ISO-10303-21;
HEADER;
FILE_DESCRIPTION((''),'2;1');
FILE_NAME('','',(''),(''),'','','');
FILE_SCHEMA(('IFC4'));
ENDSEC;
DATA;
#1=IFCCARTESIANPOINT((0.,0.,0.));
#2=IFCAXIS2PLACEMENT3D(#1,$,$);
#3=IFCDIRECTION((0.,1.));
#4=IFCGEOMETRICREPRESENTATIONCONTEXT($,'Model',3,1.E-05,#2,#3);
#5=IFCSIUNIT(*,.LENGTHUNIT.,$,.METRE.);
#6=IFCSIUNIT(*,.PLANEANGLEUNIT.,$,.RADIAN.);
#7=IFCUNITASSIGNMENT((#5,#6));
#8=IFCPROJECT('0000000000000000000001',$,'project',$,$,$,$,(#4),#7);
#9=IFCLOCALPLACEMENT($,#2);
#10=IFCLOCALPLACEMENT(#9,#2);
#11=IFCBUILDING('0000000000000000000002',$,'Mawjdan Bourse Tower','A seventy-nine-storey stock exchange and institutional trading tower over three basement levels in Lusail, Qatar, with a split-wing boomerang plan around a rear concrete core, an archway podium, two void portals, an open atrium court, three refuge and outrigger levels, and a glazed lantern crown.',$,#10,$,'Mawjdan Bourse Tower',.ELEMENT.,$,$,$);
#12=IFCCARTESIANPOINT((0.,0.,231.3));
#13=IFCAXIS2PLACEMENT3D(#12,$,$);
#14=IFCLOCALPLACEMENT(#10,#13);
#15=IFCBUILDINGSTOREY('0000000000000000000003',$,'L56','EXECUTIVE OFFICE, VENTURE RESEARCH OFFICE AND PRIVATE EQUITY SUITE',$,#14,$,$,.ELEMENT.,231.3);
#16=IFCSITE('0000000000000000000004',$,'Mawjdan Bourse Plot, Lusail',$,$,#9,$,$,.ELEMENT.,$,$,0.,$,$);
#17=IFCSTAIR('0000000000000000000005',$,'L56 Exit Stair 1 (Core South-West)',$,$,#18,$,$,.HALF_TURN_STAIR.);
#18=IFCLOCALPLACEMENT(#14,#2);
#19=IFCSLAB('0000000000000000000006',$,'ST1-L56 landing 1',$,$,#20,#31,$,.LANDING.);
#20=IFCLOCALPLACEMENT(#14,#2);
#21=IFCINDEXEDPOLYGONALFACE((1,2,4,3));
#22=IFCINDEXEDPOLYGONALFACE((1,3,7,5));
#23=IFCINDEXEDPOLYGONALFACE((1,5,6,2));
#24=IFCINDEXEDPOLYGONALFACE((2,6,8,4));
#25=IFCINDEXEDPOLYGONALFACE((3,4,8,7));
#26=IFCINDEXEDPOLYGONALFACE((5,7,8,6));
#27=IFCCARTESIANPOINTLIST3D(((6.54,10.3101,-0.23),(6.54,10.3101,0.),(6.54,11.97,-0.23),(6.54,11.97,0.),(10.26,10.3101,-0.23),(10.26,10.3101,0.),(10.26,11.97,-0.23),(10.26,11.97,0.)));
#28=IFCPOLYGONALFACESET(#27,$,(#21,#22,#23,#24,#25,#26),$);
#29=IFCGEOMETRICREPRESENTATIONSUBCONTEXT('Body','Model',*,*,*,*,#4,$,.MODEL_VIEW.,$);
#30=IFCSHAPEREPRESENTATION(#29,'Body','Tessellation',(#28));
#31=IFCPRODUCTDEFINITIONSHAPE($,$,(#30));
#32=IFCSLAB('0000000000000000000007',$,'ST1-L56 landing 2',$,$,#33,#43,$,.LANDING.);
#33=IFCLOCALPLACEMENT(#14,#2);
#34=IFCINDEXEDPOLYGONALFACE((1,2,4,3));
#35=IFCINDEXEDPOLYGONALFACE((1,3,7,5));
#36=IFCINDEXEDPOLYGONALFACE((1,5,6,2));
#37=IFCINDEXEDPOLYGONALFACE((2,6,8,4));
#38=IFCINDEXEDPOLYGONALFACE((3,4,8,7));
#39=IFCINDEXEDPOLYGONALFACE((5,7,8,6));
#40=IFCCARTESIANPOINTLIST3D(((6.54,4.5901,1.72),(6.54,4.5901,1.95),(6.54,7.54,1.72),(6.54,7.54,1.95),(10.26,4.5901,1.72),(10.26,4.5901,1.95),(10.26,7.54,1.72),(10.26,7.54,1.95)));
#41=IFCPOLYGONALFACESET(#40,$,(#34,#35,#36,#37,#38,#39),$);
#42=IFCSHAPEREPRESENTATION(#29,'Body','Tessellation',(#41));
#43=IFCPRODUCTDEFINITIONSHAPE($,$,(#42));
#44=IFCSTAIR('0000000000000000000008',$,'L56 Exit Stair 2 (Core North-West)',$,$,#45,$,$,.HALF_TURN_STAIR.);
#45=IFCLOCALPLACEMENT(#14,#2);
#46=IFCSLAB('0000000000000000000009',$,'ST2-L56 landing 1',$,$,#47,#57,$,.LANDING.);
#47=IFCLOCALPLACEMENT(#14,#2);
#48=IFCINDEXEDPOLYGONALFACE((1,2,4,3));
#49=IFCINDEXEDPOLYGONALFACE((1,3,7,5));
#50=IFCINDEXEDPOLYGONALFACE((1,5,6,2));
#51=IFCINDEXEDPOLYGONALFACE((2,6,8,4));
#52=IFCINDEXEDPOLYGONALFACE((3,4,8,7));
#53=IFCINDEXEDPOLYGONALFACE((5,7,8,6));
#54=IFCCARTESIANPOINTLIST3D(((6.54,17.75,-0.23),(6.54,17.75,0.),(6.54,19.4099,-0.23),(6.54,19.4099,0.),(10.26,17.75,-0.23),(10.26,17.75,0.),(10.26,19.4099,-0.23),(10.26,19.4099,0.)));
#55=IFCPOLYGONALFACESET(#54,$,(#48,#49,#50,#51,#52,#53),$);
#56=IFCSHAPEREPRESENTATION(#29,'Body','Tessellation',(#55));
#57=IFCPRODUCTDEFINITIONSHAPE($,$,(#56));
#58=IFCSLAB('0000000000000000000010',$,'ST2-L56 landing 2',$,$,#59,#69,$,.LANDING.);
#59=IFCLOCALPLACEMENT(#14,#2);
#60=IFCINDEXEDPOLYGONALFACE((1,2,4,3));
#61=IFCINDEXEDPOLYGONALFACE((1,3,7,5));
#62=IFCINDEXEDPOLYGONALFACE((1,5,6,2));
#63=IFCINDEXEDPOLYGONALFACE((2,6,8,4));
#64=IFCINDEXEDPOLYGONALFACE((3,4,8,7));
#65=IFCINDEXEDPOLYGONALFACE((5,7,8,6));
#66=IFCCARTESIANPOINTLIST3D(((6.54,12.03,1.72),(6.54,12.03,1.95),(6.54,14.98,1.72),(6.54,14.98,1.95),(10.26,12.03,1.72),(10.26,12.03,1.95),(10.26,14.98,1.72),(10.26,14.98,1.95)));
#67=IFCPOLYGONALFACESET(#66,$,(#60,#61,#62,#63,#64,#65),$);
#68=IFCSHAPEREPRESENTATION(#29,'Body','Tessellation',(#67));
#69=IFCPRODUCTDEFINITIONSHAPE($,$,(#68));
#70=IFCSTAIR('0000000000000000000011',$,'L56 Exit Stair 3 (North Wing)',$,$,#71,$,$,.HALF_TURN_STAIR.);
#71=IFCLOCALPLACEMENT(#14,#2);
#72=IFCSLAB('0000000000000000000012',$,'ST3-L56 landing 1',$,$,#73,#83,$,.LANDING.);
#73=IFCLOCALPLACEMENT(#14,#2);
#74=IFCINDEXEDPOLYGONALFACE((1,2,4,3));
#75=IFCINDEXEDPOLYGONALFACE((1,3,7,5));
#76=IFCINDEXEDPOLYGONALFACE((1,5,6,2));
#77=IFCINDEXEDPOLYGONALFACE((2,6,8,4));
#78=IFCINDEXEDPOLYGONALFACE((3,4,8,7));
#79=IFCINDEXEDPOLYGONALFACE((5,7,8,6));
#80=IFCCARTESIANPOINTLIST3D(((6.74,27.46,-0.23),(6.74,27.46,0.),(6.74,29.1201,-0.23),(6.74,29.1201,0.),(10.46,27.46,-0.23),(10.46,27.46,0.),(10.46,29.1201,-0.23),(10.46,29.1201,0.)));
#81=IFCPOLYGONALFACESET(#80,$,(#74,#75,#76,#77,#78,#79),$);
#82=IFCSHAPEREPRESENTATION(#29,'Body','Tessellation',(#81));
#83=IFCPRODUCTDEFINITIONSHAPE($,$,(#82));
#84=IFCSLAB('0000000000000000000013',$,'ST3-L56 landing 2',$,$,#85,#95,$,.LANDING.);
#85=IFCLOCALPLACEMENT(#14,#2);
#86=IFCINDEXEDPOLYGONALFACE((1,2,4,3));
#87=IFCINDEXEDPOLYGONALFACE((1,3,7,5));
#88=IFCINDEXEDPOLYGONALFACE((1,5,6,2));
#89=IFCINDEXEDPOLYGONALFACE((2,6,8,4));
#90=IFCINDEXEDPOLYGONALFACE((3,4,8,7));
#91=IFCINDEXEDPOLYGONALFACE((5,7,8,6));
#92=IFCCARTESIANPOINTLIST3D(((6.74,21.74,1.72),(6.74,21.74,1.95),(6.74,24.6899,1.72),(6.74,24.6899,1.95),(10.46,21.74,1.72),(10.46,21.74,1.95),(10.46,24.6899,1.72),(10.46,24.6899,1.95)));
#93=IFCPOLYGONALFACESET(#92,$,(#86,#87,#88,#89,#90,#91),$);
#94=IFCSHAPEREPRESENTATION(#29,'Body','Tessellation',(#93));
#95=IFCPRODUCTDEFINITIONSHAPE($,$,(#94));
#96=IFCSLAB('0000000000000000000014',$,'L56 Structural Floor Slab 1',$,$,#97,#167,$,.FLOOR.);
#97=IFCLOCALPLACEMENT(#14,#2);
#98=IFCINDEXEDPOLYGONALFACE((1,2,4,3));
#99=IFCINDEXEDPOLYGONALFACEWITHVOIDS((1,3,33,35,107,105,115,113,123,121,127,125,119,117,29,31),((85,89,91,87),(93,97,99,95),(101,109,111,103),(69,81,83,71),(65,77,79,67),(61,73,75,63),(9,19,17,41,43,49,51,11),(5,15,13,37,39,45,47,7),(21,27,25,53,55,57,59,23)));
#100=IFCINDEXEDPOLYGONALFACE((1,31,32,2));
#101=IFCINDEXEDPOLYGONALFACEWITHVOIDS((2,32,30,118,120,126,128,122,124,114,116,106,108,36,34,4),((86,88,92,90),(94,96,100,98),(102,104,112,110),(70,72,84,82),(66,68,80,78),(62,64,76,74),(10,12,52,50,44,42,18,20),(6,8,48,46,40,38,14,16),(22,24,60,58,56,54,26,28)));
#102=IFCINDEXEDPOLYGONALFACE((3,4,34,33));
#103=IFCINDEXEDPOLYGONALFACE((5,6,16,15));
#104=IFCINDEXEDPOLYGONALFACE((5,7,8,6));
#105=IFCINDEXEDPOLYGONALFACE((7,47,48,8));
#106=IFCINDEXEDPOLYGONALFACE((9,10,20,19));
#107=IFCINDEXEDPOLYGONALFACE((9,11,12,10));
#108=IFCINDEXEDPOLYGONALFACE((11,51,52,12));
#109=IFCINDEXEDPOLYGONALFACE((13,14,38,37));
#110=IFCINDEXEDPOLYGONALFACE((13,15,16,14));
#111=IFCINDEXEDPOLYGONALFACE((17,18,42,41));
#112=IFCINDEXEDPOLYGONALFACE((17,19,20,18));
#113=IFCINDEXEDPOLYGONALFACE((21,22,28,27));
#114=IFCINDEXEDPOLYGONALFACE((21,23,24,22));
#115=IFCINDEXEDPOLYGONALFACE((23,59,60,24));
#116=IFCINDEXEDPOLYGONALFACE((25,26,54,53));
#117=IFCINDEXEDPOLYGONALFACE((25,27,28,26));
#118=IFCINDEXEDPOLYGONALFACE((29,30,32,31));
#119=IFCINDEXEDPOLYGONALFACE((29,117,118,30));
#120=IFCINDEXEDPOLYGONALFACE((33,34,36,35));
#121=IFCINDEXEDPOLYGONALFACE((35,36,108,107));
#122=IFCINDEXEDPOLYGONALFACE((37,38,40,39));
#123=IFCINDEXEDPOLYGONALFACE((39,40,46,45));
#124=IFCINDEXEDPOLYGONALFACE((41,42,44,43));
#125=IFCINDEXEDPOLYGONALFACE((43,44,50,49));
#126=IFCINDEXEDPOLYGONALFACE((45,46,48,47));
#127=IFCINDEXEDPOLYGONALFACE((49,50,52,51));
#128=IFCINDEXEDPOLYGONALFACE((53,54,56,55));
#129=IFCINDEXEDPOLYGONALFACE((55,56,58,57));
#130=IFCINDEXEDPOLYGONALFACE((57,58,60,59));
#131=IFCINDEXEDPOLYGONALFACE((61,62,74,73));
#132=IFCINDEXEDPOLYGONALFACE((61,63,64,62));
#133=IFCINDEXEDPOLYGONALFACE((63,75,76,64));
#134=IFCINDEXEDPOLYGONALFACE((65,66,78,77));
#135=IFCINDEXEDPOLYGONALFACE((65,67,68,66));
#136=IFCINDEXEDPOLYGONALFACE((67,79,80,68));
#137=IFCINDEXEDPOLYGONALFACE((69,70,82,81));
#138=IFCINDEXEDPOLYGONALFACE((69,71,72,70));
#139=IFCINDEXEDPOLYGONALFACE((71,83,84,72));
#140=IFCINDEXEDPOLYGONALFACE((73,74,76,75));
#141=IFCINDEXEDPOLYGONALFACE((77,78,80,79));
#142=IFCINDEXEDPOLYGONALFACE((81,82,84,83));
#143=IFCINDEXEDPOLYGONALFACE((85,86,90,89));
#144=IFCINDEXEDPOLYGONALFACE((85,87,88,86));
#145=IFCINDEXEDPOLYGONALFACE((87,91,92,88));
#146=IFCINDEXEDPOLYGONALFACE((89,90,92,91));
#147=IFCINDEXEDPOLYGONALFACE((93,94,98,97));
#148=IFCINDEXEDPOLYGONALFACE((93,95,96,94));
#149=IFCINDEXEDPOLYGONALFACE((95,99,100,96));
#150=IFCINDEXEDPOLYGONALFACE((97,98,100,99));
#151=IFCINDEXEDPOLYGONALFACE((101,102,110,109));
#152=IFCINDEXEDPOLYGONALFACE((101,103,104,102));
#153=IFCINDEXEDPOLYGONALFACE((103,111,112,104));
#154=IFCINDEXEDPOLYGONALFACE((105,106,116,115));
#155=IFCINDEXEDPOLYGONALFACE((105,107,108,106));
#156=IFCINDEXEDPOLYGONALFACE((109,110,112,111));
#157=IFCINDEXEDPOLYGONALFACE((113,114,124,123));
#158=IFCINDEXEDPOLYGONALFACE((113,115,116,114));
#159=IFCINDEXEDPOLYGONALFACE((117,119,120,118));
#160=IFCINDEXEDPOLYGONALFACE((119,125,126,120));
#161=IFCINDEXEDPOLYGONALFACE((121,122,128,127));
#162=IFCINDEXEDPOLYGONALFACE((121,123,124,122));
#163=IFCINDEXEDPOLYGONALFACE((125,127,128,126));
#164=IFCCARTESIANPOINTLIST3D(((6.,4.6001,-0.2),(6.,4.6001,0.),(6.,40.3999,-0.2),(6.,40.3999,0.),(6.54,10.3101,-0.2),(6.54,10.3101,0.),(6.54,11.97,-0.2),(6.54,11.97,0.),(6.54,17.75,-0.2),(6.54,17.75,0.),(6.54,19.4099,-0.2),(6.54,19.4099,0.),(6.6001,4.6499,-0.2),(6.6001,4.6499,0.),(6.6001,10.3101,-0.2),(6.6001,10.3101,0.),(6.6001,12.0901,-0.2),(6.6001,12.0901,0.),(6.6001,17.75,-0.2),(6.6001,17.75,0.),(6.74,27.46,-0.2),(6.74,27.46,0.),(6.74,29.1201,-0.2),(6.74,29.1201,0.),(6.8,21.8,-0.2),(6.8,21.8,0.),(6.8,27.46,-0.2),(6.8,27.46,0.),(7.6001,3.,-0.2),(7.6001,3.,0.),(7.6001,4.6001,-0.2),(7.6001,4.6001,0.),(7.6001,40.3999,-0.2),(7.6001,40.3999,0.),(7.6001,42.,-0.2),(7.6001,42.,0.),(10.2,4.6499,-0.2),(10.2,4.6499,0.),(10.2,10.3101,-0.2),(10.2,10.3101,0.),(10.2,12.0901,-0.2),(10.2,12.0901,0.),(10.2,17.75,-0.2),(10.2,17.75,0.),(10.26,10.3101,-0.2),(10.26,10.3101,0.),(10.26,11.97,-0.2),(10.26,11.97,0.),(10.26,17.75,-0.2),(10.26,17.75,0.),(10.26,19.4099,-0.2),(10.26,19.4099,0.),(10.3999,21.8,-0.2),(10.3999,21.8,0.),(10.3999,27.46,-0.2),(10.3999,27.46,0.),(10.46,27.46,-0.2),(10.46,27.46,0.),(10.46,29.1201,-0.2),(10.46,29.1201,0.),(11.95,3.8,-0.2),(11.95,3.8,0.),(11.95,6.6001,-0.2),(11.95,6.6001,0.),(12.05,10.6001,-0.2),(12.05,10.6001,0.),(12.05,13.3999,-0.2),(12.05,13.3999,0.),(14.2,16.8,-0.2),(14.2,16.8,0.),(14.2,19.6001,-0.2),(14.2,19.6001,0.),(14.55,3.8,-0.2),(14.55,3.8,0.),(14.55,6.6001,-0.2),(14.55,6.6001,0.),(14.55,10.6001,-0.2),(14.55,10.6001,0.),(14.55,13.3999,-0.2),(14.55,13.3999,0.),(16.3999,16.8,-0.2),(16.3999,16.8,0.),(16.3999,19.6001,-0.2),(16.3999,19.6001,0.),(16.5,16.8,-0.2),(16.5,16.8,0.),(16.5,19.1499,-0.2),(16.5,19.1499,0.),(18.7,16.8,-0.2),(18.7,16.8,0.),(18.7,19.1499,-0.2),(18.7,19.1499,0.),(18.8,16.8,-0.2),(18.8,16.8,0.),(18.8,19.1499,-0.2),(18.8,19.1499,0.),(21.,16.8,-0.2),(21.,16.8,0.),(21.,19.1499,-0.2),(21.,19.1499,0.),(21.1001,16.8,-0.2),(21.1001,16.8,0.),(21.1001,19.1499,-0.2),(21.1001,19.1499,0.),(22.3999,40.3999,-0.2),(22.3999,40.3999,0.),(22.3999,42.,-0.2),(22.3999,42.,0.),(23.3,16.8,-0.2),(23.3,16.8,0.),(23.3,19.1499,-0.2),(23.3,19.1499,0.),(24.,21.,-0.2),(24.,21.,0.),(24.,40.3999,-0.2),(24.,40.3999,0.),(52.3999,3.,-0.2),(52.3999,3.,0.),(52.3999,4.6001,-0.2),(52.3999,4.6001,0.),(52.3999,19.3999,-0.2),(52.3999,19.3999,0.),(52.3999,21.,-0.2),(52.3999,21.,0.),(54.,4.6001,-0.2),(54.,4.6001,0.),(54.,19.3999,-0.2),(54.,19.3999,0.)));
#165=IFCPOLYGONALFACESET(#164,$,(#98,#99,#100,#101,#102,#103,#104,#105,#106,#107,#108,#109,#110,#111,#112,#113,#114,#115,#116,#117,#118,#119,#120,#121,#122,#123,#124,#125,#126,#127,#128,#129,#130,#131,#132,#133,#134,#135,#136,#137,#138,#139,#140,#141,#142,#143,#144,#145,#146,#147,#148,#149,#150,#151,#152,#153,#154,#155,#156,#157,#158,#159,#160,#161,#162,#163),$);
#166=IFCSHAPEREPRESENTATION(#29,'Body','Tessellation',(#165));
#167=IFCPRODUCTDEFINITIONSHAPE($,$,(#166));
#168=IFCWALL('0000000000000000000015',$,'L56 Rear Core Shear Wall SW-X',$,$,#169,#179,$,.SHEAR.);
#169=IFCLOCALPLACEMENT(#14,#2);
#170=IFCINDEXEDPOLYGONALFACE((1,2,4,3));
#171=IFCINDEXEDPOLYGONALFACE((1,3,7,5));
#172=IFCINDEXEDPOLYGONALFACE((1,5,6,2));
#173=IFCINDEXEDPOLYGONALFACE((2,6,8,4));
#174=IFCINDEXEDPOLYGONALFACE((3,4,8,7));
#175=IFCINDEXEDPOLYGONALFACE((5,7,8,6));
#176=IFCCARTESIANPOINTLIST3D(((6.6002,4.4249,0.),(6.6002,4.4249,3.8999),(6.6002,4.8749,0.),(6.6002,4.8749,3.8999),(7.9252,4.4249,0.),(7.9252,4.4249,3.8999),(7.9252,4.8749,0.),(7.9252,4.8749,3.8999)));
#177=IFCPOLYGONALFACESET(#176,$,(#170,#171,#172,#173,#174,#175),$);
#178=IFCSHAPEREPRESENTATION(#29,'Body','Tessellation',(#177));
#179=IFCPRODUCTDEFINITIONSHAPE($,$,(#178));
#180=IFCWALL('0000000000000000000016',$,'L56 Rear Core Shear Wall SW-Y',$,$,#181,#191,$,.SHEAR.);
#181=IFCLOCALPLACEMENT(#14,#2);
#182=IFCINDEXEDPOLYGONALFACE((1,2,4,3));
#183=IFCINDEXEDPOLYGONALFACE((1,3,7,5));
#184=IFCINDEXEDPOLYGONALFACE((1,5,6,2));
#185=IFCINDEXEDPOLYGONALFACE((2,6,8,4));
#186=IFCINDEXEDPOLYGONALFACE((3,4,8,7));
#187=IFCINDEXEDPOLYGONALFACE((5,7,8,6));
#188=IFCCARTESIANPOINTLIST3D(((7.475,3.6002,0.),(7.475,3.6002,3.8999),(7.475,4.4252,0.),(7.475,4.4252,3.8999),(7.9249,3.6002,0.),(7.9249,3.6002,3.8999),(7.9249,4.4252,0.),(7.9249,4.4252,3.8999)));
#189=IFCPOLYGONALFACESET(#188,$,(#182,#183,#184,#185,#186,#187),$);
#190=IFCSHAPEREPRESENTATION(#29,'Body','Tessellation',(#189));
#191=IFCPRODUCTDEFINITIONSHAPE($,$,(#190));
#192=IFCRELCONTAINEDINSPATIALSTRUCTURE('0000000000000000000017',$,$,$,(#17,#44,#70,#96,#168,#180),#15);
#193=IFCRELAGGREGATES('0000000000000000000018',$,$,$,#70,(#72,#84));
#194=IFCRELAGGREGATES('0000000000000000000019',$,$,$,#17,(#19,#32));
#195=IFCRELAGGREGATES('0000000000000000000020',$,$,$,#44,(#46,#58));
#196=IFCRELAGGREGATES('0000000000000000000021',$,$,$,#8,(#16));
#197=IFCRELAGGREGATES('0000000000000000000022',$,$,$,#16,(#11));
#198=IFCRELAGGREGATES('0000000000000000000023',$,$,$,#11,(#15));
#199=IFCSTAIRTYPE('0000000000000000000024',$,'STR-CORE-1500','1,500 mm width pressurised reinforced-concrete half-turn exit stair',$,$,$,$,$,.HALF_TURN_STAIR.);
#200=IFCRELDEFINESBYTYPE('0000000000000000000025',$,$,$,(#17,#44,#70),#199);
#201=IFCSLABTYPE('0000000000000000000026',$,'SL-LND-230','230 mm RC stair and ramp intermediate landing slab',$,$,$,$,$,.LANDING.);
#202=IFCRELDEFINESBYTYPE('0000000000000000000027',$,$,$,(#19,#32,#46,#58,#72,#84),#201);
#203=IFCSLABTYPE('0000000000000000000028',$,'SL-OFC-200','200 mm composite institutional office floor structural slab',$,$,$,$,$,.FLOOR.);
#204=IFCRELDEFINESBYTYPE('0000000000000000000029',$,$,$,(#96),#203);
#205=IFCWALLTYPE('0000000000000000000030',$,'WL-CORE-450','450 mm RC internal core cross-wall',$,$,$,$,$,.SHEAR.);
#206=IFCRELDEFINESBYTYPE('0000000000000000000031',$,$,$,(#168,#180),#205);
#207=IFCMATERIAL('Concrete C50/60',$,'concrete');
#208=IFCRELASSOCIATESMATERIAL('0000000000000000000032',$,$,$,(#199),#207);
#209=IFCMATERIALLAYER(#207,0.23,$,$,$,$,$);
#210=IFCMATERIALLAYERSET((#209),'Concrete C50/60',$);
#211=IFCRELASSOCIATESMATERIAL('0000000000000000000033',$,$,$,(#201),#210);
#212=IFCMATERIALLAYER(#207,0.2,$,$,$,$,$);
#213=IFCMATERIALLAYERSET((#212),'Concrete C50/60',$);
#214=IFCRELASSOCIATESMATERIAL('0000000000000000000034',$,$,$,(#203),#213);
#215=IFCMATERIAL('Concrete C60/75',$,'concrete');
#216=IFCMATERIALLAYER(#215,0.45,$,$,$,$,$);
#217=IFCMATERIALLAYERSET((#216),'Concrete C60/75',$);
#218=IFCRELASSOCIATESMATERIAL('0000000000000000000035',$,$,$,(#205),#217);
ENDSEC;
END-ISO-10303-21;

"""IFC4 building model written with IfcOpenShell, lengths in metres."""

from ifc_helpers import new_model, si_unit, direction, frame, frame_2d, origin, place, context, subcontext, project, spatial, polyline, rectangle, outline, extrude, material, layer, layer_set, type_object, element, aggregate, save


model = new_model("IFC4")

# Units and contexts
model_context = context("Model", 3, precision=1e-05, world=origin(), true_north=direction((0.0, 1.0)))
body_context = subcontext(model_context, "Body", "Model", "MODEL_VIEW")
ifc_project = project(units=[si_unit("LENGTHUNIT", "METRE"), si_unit("PLANEANGLEUNIT", "RADIAN")], contexts=[model_context])

# Site, building, storey
site_placement = place(None, origin())
site = spatial("IfcSite", under=ifc_project, at=site_placement, Name="Mawjdan Bourse Plot, Lusail", CompositionType="ELEMENT", RefElevation=0.0)
building_placement = place(site_placement, origin())
building = spatial("IfcBuilding", under=site, at=building_placement, Name="Mawjdan Bourse Tower", Description="A seventy-nine-storey stock exchange and institutional trading tower over three basement levels in Lusail, Qatar, with a split-wing boomerang plan around a rear concrete core, an archway podium, two void portals, an open atrium court, three refuge and outrigger levels, and a glazed lantern crown.", LongName="Mawjdan Bourse Tower", CompositionType="ELEMENT")
storey_placement = place(building_placement, frame((0.0, 0.0, 231.3)))
storey = spatial("IfcBuildingStorey", under=building, at=storey_placement, Name="L56", Description="EXECUTIVE OFFICE, VENTURE RESEARCH OFFICE AND PRIVATE EQUITY SUITE", CompositionType="ELEMENT", Elevation=231.3)

# Stairs, slabs
ifc_material_1 = material(Name="Concrete C50/60", Category="concrete")
stair_type = type_object("IfcStairType", Name="STR-CORE-1500", Description="1,500 mm width pressurised reinforced-concrete half-turn exit stair", PredefinedType="HALF_TURN_STAIR", material=ifc_material_1)
stair_1_placement = place(storey_placement, origin())
stair_1 = element("IfcStair", 1, at=stair_1_placement, inside=storey, type_object=stair_type, Name="L56 Exit Stair 1 (Core South-West)", PredefinedType="HALF_TURN_STAIR")
ifc_layer_1 = layer(ifc_material_1, 0.23)
ifc_layer_set_1 = layer_set([ifc_layer_1], Name="Concrete C50/60")
slab_type_1 = type_object("IfcSlabType", Name="SL-LND-230", Description="230 mm RC stair and ramp intermediate landing slab", PredefinedType="LANDING", material=ifc_layer_set_1)
slab_1_placement = place(storey_placement, frame((0.0, 0.0, -0.23)))
slab_1 = element("IfcSlab", 2, at=slab_1_placement, type_object=slab_type_1, Name="ST1-L56 landing 1", PredefinedType="LANDING", context=body_context, shape_type="SweptSolid", body=[
    extrude(outline(polyline([(6.54, 10.3101), (10.26, 10.3101), (10.26, 11.97), (6.54, 11.97), (6.54, 10.3101)])), origin(), (0.0, 0.0, 1.0), 0.23),
])
slab_2_placement = place(storey_placement, frame((0.0, 0.0, 1.72)))
slab_2 = element("IfcSlab", 3, at=slab_2_placement, type_object=slab_type_1, Name="ST1-L56 landing 2", PredefinedType="LANDING", context=body_context, shape_type="SweptSolid", body=[
    extrude(outline(polyline([(6.54, 4.5901), (10.26, 4.5901), (10.26, 7.54), (6.54, 7.54), (6.54, 4.5901)])), origin(), (0.0, 0.0, 1.0), 0.23),
])
stair_2_placement = place(storey_placement, origin())
stair_2 = element("IfcStair", 4, at=stair_2_placement, inside=storey, type_object=stair_type, Name="L56 Exit Stair 2 (Core North-West)", PredefinedType="HALF_TURN_STAIR")
slab_3_placement = place(storey_placement, frame((0.0, 0.0, -0.23)))
slab_3 = element("IfcSlab", 5, at=slab_3_placement, type_object=slab_type_1, Name="ST2-L56 landing 1", PredefinedType="LANDING", context=body_context, shape_type="SweptSolid", body=[
    extrude(outline(polyline([(6.54, 17.75), (10.26, 17.75), (10.26, 19.4099), (6.54, 19.4099), (6.54, 17.75)])), origin(), (0.0, 0.0, 1.0), 0.23),
])
slab_4_placement = place(storey_placement, frame((0.0, 0.0, 1.72)))
slab_4 = element("IfcSlab", 6, at=slab_4_placement, type_object=slab_type_1, Name="ST2-L56 landing 2", PredefinedType="LANDING", context=body_context, shape_type="SweptSolid", body=[
    extrude(outline(polyline([(6.54, 12.03), (10.26, 12.03), (10.26, 14.98), (6.54, 14.98), (6.54, 12.03)])), origin(), (0.0, 0.0, 1.0), 0.23),
])
stair_3_placement = place(storey_placement, origin())
stair_3 = element("IfcStair", 7, at=stair_3_placement, inside=storey, type_object=stair_type, Name="L56 Exit Stair 3 (North Wing)", PredefinedType="HALF_TURN_STAIR")
slab_5_placement = place(storey_placement, frame((0.0, 0.0, -0.23)))
slab_5 = element("IfcSlab", 8, at=slab_5_placement, type_object=slab_type_1, Name="ST3-L56 landing 1", PredefinedType="LANDING", context=body_context, shape_type="SweptSolid", body=[
    extrude(outline(polyline([(6.74, 27.46), (10.46, 27.46), (10.46, 29.1201), (6.74, 29.1201), (6.74, 27.46)])), origin(), (0.0, 0.0, 1.0), 0.23),
])
slab_6_placement = place(storey_placement, frame((0.0, 0.0, 1.72)))
slab_6 = element("IfcSlab", 9, at=slab_6_placement, type_object=slab_type_1, Name="ST3-L56 landing 2", PredefinedType="LANDING", context=body_context, shape_type="SweptSolid", body=[
    extrude(outline(polyline([(6.74, 21.74), (10.46, 21.74), (10.46, 24.6899), (6.74, 24.6899), (6.74, 21.74)])), origin(), (0.0, 0.0, 1.0), 0.23),
])
aggregate(stair_3, [slab_5, slab_6])

# Slab
ifc_layer_2 = layer(ifc_material_1, 0.2)
ifc_layer_set_2 = layer_set([ifc_layer_2], Name="Concrete C50/60")
slab_type_2 = type_object("IfcSlabType", Name="SL-OFC-200", Description="200 mm composite institutional office floor structural slab", PredefinedType="FLOOR", material=ifc_layer_set_2)
slab_7_placement = place(storey_placement, frame((0.0, 0.0, -0.2)))
element("IfcSlab", 10, at=slab_7_placement, inside=storey, type_object=slab_type_2, Name="L56 Structural Floor Slab 1", PredefinedType="FLOOR", context=body_context, shape_type="SweptSolid", body=[
    extrude(outline(polyline([(7.6001, 3.0), (52.3999, 3.0), (52.3999, 4.6001), (54.0, 4.6001), (54.0, 19.3999), (52.3999, 19.3999), (52.3999, 21.0), (24.0, 21.0), (24.0, 40.3999), (22.3999, 40.3999), (22.3999, 42.0), (7.6001, 42.0), (7.6001, 40.3999), (6.0, 40.3999), (6.0, 4.6001), (7.6001, 4.6001), (7.6001, 3.0)]), holes=[polyline([(6.54, 11.97), (10.26, 11.97), (10.26, 10.3101), (10.2, 10.3101), (10.2, 4.6499), (6.6001, 4.6499), (6.6001, 10.3101), (6.54, 10.3101), (6.54, 11.97)]), polyline([(6.6001, 12.0901), (6.6001, 17.75), (6.54, 17.75), (6.54, 19.4099), (10.26, 19.4099), (10.26, 17.75), (10.2, 17.75), (10.2, 12.0901), (6.6001, 12.0901)]), polyline([(10.46, 29.1201), (10.46, 27.46), (10.3999, 27.46), (10.3999, 21.8), (6.8, 21.8), (6.8, 27.46), (6.74, 27.46), (6.74, 29.1201), (10.46, 29.1201)]), polyline([(14.55, 3.8), (11.95, 3.8), (11.95, 6.6001), (14.55, 6.6001), (14.55, 3.8)]), polyline([(12.05, 10.6001), (12.05, 13.3999), (14.55, 13.3999), (14.55, 10.6001), (12.05, 10.6001)]), polyline([(16.5, 16.8), (16.5, 19.1499), (18.7, 19.1499), (18.7, 16.8), (16.5, 16.8)]), polyline([(21.0, 16.8), (18.8, 16.8), (18.8, 19.1499), (21.0, 19.1499), (21.0, 16.8)]), polyline([(21.1001, 16.8), (21.1001, 19.1499), (23.3, 19.1499), (23.3, 16.8), (21.1001, 16.8)]), polyline([(14.2, 16.8), (14.2, 19.6001), (16.3999, 19.6001), (16.3999, 16.8), (14.2, 16.8)])]), origin(), (0.0, 0.0, 1.0), 0.2),
])

# Walls
ifc_material_2 = material(Name="Concrete C60/75", Category="concrete")
ifc_layer_3 = layer(ifc_material_2, 0.45)
ifc_layer_set_3 = layer_set([ifc_layer_3], Name="Concrete C60/75")
wall_type_1 = type_object("IfcWallType", Name="WL-CORE-450", Description="450 mm RC internal core cross-wall", PredefinedType="SHEAR", material=ifc_layer_set_3)
wall_1_placement = place(storey_placement, frame((6.6001, 4.6499, 0.0), z_axis=(0.0, 0.0, 1.0), x_axis=(1.0, 0.0, 0.0)))
element("IfcWall", 11, at=wall_1_placement, inside=storey, type_object=wall_type_1, Name="L56 Rear Core Shear Wall SW-X", PredefinedType="SHEAR", context=body_context, shape_type="SweptSolid", body=[
    extrude(rectangle(XDim=1.325, YDim=0.45, at=frame_2d((0.6626, 0.0))), origin(), (0.0, 0.0, 1.0), 3.8999),
])
wall_2_placement = place(storey_placement, frame((7.7, 3.6001, 0.0), z_axis=(0.0, 0.0, 1.0), x_axis=(0.0, 1.0, 0.0)))
element("IfcWall", 12, at=wall_2_placement, inside=storey, type_object=wall_type_1, Name="L56 Rear Core Shear Wall SW-Y", PredefinedType="SHEAR", context=body_context, shape_type="SweptSolid", body=[
    extrude(rectangle(XDim=0.825, YDim=0.45, at=frame_2d((0.4126, 0.0))), origin(), (0.0, 0.0, 1.0), 3.8999),
])

aggregate(stair_1, [slab_1, slab_2])
aggregate(stair_2, [slab_3, slab_4])

save(model, "model.ifc")
